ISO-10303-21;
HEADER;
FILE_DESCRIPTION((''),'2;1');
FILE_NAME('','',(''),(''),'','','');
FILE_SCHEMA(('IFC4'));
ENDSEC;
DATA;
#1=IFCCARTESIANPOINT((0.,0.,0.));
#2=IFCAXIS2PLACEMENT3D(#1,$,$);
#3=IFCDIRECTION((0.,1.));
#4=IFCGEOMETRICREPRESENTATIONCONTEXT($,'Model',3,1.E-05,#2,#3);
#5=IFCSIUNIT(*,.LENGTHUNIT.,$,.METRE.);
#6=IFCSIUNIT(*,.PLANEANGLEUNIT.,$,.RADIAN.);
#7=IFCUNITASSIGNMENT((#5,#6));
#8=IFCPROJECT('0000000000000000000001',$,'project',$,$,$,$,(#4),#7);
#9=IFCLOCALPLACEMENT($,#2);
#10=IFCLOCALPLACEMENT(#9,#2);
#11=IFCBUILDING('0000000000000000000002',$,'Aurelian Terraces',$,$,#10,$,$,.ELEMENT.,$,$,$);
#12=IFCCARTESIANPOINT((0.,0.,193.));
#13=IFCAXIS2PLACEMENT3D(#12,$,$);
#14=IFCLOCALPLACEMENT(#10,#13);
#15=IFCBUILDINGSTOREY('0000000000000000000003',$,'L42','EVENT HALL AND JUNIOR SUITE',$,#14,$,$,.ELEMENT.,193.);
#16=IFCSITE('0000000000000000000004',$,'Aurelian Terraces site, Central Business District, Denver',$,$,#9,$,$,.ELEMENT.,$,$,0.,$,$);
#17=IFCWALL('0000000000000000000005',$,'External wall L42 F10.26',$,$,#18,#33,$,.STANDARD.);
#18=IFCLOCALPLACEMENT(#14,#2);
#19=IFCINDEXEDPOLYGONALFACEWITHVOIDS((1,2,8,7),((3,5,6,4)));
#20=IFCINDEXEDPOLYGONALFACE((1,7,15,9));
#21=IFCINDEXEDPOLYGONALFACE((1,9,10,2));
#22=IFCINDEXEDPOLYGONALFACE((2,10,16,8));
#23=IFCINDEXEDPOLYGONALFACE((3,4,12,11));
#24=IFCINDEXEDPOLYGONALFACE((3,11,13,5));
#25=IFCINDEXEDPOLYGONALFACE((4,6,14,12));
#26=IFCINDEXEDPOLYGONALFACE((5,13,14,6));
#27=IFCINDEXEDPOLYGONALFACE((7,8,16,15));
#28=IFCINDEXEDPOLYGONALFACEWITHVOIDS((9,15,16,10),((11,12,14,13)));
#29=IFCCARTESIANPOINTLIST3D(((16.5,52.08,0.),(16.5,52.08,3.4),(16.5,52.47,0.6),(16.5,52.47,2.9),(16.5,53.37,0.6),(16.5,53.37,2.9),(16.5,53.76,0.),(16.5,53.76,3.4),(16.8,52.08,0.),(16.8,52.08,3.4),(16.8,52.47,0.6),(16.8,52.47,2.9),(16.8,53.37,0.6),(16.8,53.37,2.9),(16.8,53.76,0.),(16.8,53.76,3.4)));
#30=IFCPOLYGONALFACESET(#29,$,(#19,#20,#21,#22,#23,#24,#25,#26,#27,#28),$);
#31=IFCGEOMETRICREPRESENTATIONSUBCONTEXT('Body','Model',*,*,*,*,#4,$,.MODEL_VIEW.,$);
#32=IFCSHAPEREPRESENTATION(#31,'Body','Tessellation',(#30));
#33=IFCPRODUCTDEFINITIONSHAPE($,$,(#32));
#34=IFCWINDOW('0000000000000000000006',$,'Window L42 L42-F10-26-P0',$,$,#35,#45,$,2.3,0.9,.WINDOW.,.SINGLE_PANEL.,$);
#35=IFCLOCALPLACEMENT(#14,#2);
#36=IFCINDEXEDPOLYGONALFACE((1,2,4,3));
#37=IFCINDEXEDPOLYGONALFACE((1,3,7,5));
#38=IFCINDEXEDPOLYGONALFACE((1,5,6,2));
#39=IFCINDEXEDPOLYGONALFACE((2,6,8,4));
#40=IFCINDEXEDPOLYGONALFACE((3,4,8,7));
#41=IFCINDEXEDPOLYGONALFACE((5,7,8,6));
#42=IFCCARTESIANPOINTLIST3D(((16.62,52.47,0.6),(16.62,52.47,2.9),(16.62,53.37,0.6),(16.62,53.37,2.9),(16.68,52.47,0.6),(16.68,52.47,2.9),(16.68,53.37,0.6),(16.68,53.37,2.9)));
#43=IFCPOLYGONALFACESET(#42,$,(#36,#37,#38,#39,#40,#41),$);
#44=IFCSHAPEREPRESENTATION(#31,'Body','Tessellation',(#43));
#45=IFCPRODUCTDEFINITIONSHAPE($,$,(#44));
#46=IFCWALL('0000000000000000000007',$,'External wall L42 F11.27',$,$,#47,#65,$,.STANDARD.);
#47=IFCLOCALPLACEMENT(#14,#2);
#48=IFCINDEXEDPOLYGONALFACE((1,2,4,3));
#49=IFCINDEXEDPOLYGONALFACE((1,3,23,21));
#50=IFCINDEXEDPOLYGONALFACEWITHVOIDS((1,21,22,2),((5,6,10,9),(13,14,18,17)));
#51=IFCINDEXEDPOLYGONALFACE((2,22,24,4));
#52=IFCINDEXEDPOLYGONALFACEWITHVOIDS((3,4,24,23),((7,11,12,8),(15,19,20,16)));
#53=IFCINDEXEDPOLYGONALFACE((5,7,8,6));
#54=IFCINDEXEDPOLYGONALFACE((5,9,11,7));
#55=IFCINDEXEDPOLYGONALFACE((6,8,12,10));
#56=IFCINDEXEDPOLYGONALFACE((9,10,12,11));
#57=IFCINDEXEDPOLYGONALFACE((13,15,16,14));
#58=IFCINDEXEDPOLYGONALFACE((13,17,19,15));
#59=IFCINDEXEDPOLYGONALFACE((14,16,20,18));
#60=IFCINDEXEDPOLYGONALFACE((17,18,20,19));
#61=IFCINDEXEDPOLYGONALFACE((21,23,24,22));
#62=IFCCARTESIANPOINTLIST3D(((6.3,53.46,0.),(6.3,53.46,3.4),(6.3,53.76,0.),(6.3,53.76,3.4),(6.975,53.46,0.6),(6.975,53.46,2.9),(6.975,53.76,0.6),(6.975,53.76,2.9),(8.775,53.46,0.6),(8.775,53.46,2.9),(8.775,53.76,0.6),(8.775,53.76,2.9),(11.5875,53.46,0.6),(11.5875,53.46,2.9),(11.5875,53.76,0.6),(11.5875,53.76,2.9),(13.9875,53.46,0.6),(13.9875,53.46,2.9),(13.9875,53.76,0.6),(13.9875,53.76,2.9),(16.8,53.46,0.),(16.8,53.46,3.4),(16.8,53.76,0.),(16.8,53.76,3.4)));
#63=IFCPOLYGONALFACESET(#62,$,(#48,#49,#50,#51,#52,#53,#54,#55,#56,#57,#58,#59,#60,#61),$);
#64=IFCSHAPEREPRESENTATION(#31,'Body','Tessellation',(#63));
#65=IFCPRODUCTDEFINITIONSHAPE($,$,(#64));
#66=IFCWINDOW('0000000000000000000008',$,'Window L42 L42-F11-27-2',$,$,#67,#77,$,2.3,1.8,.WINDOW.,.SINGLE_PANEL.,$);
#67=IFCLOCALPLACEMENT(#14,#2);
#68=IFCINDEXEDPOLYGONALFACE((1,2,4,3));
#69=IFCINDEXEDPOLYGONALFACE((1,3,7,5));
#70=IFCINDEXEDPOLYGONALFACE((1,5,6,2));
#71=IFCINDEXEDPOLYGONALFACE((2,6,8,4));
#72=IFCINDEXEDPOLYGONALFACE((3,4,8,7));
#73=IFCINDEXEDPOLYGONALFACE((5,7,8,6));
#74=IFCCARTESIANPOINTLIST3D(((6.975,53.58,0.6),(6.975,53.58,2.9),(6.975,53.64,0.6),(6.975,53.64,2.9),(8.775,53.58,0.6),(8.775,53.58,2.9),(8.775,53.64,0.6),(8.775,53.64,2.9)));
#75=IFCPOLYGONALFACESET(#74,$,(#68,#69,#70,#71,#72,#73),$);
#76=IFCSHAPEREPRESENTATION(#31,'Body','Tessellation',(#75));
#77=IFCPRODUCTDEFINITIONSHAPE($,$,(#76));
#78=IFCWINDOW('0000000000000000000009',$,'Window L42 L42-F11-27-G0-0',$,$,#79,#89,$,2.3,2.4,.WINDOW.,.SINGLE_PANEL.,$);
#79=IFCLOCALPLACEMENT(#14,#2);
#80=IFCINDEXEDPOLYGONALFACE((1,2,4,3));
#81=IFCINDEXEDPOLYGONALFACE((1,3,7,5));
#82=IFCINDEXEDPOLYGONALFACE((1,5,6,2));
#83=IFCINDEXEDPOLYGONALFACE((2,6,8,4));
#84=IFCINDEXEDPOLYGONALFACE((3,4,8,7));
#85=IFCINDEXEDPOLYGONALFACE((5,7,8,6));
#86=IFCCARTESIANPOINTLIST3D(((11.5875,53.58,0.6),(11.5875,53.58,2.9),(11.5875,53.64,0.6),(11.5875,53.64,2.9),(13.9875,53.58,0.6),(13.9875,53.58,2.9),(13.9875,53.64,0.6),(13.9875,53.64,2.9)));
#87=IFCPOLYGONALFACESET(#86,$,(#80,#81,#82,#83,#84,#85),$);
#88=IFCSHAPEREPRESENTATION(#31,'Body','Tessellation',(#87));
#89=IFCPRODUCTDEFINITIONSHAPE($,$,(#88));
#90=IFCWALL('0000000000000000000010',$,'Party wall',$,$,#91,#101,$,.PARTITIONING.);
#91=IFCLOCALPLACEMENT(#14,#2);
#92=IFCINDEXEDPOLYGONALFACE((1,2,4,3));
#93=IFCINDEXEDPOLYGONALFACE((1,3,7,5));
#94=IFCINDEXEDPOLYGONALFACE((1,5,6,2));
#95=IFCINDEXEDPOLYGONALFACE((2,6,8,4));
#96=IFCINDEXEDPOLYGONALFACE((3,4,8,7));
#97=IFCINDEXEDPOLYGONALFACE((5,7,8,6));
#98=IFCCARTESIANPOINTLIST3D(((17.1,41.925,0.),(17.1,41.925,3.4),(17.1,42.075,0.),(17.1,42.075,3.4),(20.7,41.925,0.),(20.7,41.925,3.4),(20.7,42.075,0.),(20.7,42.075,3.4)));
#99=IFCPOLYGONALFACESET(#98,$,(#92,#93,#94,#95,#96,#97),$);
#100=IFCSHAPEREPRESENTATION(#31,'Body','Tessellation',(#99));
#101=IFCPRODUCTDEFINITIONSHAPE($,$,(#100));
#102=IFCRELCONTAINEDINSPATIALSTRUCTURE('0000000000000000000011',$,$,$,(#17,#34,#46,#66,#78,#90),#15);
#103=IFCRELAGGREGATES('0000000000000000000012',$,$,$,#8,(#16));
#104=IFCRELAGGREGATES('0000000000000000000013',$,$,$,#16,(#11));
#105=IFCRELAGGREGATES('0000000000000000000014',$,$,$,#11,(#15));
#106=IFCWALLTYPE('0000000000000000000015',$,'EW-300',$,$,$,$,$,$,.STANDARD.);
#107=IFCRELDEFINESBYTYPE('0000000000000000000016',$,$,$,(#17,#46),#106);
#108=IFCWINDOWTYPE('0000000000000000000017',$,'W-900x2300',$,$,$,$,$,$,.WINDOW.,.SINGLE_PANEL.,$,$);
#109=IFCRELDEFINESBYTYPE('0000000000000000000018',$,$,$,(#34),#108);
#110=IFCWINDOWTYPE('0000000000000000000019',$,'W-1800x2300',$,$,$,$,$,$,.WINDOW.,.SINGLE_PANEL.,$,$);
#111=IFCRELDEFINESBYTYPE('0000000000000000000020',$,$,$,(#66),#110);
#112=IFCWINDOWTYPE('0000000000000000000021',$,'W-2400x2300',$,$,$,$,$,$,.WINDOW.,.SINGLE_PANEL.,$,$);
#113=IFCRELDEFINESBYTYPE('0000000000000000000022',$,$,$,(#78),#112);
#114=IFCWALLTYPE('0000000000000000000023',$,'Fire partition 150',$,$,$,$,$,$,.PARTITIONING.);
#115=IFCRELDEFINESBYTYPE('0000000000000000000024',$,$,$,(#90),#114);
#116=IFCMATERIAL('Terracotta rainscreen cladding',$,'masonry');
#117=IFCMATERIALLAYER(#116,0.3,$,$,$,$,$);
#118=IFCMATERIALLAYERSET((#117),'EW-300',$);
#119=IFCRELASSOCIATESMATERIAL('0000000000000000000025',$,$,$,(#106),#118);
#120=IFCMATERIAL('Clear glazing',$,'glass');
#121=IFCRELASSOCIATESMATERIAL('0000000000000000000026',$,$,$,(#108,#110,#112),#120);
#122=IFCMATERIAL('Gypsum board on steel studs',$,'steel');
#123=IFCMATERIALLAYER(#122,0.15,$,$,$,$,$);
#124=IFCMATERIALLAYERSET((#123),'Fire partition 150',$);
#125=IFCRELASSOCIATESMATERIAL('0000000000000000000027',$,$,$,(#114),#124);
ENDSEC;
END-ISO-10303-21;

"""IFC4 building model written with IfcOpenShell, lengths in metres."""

from ifc_helpers import new_model, si_unit, direction, frame, frame_2d, origin, place, context, subcontext, project, spatial, rectangle, extrude, source, transform, mapped, material, layer, layer_set, type_object, element, fill, save


model = new_model("IFC4")

# Units and contexts
model_context = context("Model", 3, precision=1e-05, world=origin(), true_north=direction((0.0, 1.0)))
body_context = subcontext(model_context, "Body", "Model", "MODEL_VIEW")
ifc_project = project(units=[si_unit("LENGTHUNIT", "METRE"), si_unit("PLANEANGLEUNIT", "RADIAN")], contexts=[model_context])

# Site, building, storey
site_placement = place(None, origin())
site = spatial("IfcSite", under=ifc_project, at=site_placement, Name="Aurelian Terraces site, Central Business District, Denver", CompositionType="ELEMENT", RefElevation=0.0)
building_placement = place(site_placement, origin())
building = spatial("IfcBuilding", under=site, at=building_placement, Name="Aurelian Terraces", CompositionType="ELEMENT")
storey_placement = place(building_placement, frame((0.0, 0.0, 193.0)))
storey = spatial("IfcBuildingStorey", under=building, at=storey_placement, Name="L42", Description="EVENT HALL AND JUNIOR SUITE", CompositionType="ELEMENT", Elevation=193.0)

# Shared definitions
ifc_material_1 = material(Name="Terracotta rainscreen cladding", Category="masonry")
ifc_layer_1 = layer(ifc_material_1, 0.3)
ifc_layer_set_1 = layer_set([ifc_layer_1], Name="EW-300")
wall_type_1 = type_object("IfcWallType", Name="EW-300", PredefinedType="STANDARD", material=ifc_layer_set_1)
ifc_material_2 = material(Name="Clear glazing", Category="glass")

# Wall, opening, window
shared_shape_1 = source(origin(), body_context, "Body", "SweptSolid", [
    extrude(rectangle(XDim=1.68, YDim=0.3, at=frame_2d((0.84, 0.0))), origin(), (0.0, 0.0, 1.0), 3.4),
])
wall_1_placement = place(storey_placement, frame((16.65, 52.08, 0.0), z_axis=(0.0, 0.0, 1.0), x_axis=(0.0, 1.0, 0.0)))
wall_1 = element("IfcWall", 1, at=wall_1_placement, inside=storey, type_object=wall_type_1, Name="External wall L42 F10.26", PredefinedType="STANDARD", context=body_context, shape_type="MappedRepresentation", body=[
    mapped(shared_shape_1, transform((0.0, 0.0, 0.0), scale=1.0)),
])
shared_shape_2 = source(origin(), body_context, "Body", "SweptSolid", [
    extrude(rectangle(XDim=0.9, YDim=2.3, at=frame_2d((0.45, 1.15))), frame((0.0, 0.16, 0.0), z_axis=(0.0, -1.0, 0.0), x_axis=(1.0, 0.0, 0.0)), (0.0, 0.0, 1.0), 0.32),
])
opening_1_placement = place(wall_1_placement, frame((0.39, 0.0, 0.6)))
opening_1 = element("IfcOpeningElement", 2, at=opening_1_placement, cuts=wall_1, PredefinedType="OPENING", context=body_context, shape_type="MappedRepresentation", body=[
    mapped(shared_shape_2, transform((0.0, 0.0, 0.0), scale=1.0)),
])
window_type_1 = type_object("IfcWindowType", Name="W-900x2300", PartitioningType="SINGLE_PANEL", PredefinedType="WINDOW", material=ifc_material_2)
shared_shape_3 = source(origin(), body_context, "Body", "SweptSolid", [
    extrude(rectangle(XDim=0.9, YDim=2.3, at=frame_2d((0.45, 1.15))), frame((0.0, 0.03, 0.0), z_axis=(0.0, -1.0, 0.0), x_axis=(1.0, 0.0, 0.0)), (0.0, 0.0, 1.0), 0.06),
])
window_1_placement = place(opening_1_placement, origin())
window_1 = element("IfcWindow", 3, at=window_1_placement, inside=storey, type_object=window_type_1, Name="Window L42 L42-F10-26-P0", OverallHeight=2.3, OverallWidth=0.9, PartitioningType="SINGLE_PANEL", PredefinedType="WINDOW", context=body_context, shape_type="MappedRepresentation", body=[
    mapped(shared_shape_3, transform((0.0, 0.0, 0.0), scale=1.0)),
])
fill(opening_1, window_1)

# Wall, openings, windows
shared_shape_4 = source(origin(), body_context, "Body", "SweptSolid", [
    extrude(rectangle(XDim=10.5, YDim=0.3, at=frame_2d((5.25, 0.0))), origin(), (0.0, 0.0, 1.0), 3.4),
])
wall_2_placement = place(storey_placement, frame((16.8, 53.61, 0.0), z_axis=(0.0, 0.0, 1.0), x_axis=(-1.0, 0.0, 0.0)))
wall_2 = element("IfcWall", 4, at=wall_2_placement, inside=storey, type_object=wall_type_1, Name="External wall L42 F11.27", PredefinedType="STANDARD", context=body_context, shape_type="MappedRepresentation", body=[
    mapped(shared_shape_4, transform((0.0, 0.0, 0.0), scale=1.0)),
])
shared_shape_5 = source(origin(), body_context, "Body", "SweptSolid", [
    extrude(rectangle(XDim=1.8, YDim=2.3, at=frame_2d((0.9, 1.15))), frame((0.0, 0.16, 0.0), z_axis=(0.0, -1.0, 0.0), x_axis=(1.0, 0.0, 0.0)), (0.0, 0.0, 1.0), 0.32),
])
opening_2_placement = place(wall_2_placement, frame((8.025, 0.0, 0.6)))
opening_2 = element("IfcOpeningElement", 5, at=opening_2_placement, cuts=wall_2, PredefinedType="OPENING", context=body_context, shape_type="MappedRepresentation", body=[
    mapped(shared_shape_5, transform((0.0, 0.0, 0.0), scale=1.0)),
])
shared_shape_6 = source(origin(), body_context, "Body", "SweptSolid", [
    extrude(rectangle(XDim=2.4, YDim=2.3, at=frame_2d((1.2, 1.15))), frame((0.0, 0.16, 0.0), z_axis=(0.0, -1.0, 0.0), x_axis=(1.0, 0.0, 0.0)), (0.0, 0.0, 1.0), 0.32),
])
opening_3_placement = place(wall_2_placement, frame((2.8125, 0.0, 0.6)))
opening_3 = element("IfcOpeningElement", 6, at=opening_3_placement, cuts=wall_2, PredefinedType="OPENING", context=body_context, shape_type="MappedRepresentation", body=[
    mapped(shared_shape_6, transform((0.0, 0.0, 0.0), scale=1.0)),
])
window_type_2 = type_object("IfcWindowType", Name="W-1800x2300", PartitioningType="SINGLE_PANEL", PredefinedType="WINDOW", material=ifc_material_2)
shared_shape_7 = source(origin(), body_context, "Body", "SweptSolid", [
    extrude(rectangle(XDim=1.8, YDim=2.3, at=frame_2d((0.9, 1.15))), frame((0.0, 0.03, 0.0), z_axis=(0.0, -1.0, 0.0), x_axis=(1.0, 0.0, 0.0)), (0.0, 0.0, 1.0), 0.06),
])
window_2_placement = place(opening_2_placement, origin())
window_2 = element("IfcWindow", 7, at=window_2_placement, inside=storey, type_object=window_type_2, Name="Window L42 L42-F11-27-2", OverallHeight=2.3, OverallWidth=1.8, PartitioningType="SINGLE_PANEL", PredefinedType="WINDOW", context=body_context, shape_type="MappedRepresentation", body=[
    mapped(shared_shape_7, transform((0.0, 0.0, 0.0), scale=1.0)),
])
fill(opening_2, window_2)
window_type_3 = type_object("IfcWindowType", Name="W-2400x2300", PartitioningType="SINGLE_PANEL", PredefinedType="WINDOW", material=ifc_material_2)
shared_shape_8 = source(origin(), body_context, "Body", "SweptSolid", [
    extrude(rectangle(XDim=2.4, YDim=2.3, at=frame_2d((1.2, 1.15))), frame((0.0, 0.03, 0.0), z_axis=(0.0, -1.0, 0.0), x_axis=(1.0, 0.0, 0.0)), (0.0, 0.0, 1.0), 0.06),
])
window_3_placement = place(opening_3_placement, origin())
window_3 = element("IfcWindow", 8, at=window_3_placement, inside=storey, type_object=window_type_3, Name="Window L42 L42-F11-27-G0-0", OverallHeight=2.3, OverallWidth=2.4, PartitioningType="SINGLE_PANEL", PredefinedType="WINDOW", context=body_context, shape_type="MappedRepresentation", body=[
    mapped(shared_shape_8, transform((0.0, 0.0, 0.0), scale=1.0)),
])
fill(opening_3, window_3)

# Wall
ifc_material_3 = material(Name="Gypsum board on steel studs", Category="steel")
ifc_layer_2 = layer(ifc_material_3, 0.15)
ifc_layer_set_2 = layer_set([ifc_layer_2], Name="Fire partition 150")
wall_type_2 = type_object("IfcWallType", Name="Fire partition 150", PredefinedType="PARTITIONING", material=ifc_layer_set_2)
shared_shape_9 = source(origin(), body_context, "Body", "SweptSolid", [
    extrude(rectangle(XDim=3.6, YDim=0.15, at=frame_2d((1.8, 0.0))), origin(), (0.0, 0.0, 1.0), 3.4),
])
wall_3_placement = place(storey_placement, frame((20.7, 42.0, 0.0), z_axis=(0.0, 0.0, 1.0), x_axis=(-1.0, 0.0, 0.0)))
element("IfcWall", 9, at=wall_3_placement, inside=storey, type_object=wall_type_2, Name="Party wall", PredefinedType="PARTITIONING", context=body_context, shape_type="MappedRepresentation", body=[
    mapped(shared_shape_9, transform((0.0, 0.0, 0.0), scale=1.0)),
])

save(model, "model.ifc")
